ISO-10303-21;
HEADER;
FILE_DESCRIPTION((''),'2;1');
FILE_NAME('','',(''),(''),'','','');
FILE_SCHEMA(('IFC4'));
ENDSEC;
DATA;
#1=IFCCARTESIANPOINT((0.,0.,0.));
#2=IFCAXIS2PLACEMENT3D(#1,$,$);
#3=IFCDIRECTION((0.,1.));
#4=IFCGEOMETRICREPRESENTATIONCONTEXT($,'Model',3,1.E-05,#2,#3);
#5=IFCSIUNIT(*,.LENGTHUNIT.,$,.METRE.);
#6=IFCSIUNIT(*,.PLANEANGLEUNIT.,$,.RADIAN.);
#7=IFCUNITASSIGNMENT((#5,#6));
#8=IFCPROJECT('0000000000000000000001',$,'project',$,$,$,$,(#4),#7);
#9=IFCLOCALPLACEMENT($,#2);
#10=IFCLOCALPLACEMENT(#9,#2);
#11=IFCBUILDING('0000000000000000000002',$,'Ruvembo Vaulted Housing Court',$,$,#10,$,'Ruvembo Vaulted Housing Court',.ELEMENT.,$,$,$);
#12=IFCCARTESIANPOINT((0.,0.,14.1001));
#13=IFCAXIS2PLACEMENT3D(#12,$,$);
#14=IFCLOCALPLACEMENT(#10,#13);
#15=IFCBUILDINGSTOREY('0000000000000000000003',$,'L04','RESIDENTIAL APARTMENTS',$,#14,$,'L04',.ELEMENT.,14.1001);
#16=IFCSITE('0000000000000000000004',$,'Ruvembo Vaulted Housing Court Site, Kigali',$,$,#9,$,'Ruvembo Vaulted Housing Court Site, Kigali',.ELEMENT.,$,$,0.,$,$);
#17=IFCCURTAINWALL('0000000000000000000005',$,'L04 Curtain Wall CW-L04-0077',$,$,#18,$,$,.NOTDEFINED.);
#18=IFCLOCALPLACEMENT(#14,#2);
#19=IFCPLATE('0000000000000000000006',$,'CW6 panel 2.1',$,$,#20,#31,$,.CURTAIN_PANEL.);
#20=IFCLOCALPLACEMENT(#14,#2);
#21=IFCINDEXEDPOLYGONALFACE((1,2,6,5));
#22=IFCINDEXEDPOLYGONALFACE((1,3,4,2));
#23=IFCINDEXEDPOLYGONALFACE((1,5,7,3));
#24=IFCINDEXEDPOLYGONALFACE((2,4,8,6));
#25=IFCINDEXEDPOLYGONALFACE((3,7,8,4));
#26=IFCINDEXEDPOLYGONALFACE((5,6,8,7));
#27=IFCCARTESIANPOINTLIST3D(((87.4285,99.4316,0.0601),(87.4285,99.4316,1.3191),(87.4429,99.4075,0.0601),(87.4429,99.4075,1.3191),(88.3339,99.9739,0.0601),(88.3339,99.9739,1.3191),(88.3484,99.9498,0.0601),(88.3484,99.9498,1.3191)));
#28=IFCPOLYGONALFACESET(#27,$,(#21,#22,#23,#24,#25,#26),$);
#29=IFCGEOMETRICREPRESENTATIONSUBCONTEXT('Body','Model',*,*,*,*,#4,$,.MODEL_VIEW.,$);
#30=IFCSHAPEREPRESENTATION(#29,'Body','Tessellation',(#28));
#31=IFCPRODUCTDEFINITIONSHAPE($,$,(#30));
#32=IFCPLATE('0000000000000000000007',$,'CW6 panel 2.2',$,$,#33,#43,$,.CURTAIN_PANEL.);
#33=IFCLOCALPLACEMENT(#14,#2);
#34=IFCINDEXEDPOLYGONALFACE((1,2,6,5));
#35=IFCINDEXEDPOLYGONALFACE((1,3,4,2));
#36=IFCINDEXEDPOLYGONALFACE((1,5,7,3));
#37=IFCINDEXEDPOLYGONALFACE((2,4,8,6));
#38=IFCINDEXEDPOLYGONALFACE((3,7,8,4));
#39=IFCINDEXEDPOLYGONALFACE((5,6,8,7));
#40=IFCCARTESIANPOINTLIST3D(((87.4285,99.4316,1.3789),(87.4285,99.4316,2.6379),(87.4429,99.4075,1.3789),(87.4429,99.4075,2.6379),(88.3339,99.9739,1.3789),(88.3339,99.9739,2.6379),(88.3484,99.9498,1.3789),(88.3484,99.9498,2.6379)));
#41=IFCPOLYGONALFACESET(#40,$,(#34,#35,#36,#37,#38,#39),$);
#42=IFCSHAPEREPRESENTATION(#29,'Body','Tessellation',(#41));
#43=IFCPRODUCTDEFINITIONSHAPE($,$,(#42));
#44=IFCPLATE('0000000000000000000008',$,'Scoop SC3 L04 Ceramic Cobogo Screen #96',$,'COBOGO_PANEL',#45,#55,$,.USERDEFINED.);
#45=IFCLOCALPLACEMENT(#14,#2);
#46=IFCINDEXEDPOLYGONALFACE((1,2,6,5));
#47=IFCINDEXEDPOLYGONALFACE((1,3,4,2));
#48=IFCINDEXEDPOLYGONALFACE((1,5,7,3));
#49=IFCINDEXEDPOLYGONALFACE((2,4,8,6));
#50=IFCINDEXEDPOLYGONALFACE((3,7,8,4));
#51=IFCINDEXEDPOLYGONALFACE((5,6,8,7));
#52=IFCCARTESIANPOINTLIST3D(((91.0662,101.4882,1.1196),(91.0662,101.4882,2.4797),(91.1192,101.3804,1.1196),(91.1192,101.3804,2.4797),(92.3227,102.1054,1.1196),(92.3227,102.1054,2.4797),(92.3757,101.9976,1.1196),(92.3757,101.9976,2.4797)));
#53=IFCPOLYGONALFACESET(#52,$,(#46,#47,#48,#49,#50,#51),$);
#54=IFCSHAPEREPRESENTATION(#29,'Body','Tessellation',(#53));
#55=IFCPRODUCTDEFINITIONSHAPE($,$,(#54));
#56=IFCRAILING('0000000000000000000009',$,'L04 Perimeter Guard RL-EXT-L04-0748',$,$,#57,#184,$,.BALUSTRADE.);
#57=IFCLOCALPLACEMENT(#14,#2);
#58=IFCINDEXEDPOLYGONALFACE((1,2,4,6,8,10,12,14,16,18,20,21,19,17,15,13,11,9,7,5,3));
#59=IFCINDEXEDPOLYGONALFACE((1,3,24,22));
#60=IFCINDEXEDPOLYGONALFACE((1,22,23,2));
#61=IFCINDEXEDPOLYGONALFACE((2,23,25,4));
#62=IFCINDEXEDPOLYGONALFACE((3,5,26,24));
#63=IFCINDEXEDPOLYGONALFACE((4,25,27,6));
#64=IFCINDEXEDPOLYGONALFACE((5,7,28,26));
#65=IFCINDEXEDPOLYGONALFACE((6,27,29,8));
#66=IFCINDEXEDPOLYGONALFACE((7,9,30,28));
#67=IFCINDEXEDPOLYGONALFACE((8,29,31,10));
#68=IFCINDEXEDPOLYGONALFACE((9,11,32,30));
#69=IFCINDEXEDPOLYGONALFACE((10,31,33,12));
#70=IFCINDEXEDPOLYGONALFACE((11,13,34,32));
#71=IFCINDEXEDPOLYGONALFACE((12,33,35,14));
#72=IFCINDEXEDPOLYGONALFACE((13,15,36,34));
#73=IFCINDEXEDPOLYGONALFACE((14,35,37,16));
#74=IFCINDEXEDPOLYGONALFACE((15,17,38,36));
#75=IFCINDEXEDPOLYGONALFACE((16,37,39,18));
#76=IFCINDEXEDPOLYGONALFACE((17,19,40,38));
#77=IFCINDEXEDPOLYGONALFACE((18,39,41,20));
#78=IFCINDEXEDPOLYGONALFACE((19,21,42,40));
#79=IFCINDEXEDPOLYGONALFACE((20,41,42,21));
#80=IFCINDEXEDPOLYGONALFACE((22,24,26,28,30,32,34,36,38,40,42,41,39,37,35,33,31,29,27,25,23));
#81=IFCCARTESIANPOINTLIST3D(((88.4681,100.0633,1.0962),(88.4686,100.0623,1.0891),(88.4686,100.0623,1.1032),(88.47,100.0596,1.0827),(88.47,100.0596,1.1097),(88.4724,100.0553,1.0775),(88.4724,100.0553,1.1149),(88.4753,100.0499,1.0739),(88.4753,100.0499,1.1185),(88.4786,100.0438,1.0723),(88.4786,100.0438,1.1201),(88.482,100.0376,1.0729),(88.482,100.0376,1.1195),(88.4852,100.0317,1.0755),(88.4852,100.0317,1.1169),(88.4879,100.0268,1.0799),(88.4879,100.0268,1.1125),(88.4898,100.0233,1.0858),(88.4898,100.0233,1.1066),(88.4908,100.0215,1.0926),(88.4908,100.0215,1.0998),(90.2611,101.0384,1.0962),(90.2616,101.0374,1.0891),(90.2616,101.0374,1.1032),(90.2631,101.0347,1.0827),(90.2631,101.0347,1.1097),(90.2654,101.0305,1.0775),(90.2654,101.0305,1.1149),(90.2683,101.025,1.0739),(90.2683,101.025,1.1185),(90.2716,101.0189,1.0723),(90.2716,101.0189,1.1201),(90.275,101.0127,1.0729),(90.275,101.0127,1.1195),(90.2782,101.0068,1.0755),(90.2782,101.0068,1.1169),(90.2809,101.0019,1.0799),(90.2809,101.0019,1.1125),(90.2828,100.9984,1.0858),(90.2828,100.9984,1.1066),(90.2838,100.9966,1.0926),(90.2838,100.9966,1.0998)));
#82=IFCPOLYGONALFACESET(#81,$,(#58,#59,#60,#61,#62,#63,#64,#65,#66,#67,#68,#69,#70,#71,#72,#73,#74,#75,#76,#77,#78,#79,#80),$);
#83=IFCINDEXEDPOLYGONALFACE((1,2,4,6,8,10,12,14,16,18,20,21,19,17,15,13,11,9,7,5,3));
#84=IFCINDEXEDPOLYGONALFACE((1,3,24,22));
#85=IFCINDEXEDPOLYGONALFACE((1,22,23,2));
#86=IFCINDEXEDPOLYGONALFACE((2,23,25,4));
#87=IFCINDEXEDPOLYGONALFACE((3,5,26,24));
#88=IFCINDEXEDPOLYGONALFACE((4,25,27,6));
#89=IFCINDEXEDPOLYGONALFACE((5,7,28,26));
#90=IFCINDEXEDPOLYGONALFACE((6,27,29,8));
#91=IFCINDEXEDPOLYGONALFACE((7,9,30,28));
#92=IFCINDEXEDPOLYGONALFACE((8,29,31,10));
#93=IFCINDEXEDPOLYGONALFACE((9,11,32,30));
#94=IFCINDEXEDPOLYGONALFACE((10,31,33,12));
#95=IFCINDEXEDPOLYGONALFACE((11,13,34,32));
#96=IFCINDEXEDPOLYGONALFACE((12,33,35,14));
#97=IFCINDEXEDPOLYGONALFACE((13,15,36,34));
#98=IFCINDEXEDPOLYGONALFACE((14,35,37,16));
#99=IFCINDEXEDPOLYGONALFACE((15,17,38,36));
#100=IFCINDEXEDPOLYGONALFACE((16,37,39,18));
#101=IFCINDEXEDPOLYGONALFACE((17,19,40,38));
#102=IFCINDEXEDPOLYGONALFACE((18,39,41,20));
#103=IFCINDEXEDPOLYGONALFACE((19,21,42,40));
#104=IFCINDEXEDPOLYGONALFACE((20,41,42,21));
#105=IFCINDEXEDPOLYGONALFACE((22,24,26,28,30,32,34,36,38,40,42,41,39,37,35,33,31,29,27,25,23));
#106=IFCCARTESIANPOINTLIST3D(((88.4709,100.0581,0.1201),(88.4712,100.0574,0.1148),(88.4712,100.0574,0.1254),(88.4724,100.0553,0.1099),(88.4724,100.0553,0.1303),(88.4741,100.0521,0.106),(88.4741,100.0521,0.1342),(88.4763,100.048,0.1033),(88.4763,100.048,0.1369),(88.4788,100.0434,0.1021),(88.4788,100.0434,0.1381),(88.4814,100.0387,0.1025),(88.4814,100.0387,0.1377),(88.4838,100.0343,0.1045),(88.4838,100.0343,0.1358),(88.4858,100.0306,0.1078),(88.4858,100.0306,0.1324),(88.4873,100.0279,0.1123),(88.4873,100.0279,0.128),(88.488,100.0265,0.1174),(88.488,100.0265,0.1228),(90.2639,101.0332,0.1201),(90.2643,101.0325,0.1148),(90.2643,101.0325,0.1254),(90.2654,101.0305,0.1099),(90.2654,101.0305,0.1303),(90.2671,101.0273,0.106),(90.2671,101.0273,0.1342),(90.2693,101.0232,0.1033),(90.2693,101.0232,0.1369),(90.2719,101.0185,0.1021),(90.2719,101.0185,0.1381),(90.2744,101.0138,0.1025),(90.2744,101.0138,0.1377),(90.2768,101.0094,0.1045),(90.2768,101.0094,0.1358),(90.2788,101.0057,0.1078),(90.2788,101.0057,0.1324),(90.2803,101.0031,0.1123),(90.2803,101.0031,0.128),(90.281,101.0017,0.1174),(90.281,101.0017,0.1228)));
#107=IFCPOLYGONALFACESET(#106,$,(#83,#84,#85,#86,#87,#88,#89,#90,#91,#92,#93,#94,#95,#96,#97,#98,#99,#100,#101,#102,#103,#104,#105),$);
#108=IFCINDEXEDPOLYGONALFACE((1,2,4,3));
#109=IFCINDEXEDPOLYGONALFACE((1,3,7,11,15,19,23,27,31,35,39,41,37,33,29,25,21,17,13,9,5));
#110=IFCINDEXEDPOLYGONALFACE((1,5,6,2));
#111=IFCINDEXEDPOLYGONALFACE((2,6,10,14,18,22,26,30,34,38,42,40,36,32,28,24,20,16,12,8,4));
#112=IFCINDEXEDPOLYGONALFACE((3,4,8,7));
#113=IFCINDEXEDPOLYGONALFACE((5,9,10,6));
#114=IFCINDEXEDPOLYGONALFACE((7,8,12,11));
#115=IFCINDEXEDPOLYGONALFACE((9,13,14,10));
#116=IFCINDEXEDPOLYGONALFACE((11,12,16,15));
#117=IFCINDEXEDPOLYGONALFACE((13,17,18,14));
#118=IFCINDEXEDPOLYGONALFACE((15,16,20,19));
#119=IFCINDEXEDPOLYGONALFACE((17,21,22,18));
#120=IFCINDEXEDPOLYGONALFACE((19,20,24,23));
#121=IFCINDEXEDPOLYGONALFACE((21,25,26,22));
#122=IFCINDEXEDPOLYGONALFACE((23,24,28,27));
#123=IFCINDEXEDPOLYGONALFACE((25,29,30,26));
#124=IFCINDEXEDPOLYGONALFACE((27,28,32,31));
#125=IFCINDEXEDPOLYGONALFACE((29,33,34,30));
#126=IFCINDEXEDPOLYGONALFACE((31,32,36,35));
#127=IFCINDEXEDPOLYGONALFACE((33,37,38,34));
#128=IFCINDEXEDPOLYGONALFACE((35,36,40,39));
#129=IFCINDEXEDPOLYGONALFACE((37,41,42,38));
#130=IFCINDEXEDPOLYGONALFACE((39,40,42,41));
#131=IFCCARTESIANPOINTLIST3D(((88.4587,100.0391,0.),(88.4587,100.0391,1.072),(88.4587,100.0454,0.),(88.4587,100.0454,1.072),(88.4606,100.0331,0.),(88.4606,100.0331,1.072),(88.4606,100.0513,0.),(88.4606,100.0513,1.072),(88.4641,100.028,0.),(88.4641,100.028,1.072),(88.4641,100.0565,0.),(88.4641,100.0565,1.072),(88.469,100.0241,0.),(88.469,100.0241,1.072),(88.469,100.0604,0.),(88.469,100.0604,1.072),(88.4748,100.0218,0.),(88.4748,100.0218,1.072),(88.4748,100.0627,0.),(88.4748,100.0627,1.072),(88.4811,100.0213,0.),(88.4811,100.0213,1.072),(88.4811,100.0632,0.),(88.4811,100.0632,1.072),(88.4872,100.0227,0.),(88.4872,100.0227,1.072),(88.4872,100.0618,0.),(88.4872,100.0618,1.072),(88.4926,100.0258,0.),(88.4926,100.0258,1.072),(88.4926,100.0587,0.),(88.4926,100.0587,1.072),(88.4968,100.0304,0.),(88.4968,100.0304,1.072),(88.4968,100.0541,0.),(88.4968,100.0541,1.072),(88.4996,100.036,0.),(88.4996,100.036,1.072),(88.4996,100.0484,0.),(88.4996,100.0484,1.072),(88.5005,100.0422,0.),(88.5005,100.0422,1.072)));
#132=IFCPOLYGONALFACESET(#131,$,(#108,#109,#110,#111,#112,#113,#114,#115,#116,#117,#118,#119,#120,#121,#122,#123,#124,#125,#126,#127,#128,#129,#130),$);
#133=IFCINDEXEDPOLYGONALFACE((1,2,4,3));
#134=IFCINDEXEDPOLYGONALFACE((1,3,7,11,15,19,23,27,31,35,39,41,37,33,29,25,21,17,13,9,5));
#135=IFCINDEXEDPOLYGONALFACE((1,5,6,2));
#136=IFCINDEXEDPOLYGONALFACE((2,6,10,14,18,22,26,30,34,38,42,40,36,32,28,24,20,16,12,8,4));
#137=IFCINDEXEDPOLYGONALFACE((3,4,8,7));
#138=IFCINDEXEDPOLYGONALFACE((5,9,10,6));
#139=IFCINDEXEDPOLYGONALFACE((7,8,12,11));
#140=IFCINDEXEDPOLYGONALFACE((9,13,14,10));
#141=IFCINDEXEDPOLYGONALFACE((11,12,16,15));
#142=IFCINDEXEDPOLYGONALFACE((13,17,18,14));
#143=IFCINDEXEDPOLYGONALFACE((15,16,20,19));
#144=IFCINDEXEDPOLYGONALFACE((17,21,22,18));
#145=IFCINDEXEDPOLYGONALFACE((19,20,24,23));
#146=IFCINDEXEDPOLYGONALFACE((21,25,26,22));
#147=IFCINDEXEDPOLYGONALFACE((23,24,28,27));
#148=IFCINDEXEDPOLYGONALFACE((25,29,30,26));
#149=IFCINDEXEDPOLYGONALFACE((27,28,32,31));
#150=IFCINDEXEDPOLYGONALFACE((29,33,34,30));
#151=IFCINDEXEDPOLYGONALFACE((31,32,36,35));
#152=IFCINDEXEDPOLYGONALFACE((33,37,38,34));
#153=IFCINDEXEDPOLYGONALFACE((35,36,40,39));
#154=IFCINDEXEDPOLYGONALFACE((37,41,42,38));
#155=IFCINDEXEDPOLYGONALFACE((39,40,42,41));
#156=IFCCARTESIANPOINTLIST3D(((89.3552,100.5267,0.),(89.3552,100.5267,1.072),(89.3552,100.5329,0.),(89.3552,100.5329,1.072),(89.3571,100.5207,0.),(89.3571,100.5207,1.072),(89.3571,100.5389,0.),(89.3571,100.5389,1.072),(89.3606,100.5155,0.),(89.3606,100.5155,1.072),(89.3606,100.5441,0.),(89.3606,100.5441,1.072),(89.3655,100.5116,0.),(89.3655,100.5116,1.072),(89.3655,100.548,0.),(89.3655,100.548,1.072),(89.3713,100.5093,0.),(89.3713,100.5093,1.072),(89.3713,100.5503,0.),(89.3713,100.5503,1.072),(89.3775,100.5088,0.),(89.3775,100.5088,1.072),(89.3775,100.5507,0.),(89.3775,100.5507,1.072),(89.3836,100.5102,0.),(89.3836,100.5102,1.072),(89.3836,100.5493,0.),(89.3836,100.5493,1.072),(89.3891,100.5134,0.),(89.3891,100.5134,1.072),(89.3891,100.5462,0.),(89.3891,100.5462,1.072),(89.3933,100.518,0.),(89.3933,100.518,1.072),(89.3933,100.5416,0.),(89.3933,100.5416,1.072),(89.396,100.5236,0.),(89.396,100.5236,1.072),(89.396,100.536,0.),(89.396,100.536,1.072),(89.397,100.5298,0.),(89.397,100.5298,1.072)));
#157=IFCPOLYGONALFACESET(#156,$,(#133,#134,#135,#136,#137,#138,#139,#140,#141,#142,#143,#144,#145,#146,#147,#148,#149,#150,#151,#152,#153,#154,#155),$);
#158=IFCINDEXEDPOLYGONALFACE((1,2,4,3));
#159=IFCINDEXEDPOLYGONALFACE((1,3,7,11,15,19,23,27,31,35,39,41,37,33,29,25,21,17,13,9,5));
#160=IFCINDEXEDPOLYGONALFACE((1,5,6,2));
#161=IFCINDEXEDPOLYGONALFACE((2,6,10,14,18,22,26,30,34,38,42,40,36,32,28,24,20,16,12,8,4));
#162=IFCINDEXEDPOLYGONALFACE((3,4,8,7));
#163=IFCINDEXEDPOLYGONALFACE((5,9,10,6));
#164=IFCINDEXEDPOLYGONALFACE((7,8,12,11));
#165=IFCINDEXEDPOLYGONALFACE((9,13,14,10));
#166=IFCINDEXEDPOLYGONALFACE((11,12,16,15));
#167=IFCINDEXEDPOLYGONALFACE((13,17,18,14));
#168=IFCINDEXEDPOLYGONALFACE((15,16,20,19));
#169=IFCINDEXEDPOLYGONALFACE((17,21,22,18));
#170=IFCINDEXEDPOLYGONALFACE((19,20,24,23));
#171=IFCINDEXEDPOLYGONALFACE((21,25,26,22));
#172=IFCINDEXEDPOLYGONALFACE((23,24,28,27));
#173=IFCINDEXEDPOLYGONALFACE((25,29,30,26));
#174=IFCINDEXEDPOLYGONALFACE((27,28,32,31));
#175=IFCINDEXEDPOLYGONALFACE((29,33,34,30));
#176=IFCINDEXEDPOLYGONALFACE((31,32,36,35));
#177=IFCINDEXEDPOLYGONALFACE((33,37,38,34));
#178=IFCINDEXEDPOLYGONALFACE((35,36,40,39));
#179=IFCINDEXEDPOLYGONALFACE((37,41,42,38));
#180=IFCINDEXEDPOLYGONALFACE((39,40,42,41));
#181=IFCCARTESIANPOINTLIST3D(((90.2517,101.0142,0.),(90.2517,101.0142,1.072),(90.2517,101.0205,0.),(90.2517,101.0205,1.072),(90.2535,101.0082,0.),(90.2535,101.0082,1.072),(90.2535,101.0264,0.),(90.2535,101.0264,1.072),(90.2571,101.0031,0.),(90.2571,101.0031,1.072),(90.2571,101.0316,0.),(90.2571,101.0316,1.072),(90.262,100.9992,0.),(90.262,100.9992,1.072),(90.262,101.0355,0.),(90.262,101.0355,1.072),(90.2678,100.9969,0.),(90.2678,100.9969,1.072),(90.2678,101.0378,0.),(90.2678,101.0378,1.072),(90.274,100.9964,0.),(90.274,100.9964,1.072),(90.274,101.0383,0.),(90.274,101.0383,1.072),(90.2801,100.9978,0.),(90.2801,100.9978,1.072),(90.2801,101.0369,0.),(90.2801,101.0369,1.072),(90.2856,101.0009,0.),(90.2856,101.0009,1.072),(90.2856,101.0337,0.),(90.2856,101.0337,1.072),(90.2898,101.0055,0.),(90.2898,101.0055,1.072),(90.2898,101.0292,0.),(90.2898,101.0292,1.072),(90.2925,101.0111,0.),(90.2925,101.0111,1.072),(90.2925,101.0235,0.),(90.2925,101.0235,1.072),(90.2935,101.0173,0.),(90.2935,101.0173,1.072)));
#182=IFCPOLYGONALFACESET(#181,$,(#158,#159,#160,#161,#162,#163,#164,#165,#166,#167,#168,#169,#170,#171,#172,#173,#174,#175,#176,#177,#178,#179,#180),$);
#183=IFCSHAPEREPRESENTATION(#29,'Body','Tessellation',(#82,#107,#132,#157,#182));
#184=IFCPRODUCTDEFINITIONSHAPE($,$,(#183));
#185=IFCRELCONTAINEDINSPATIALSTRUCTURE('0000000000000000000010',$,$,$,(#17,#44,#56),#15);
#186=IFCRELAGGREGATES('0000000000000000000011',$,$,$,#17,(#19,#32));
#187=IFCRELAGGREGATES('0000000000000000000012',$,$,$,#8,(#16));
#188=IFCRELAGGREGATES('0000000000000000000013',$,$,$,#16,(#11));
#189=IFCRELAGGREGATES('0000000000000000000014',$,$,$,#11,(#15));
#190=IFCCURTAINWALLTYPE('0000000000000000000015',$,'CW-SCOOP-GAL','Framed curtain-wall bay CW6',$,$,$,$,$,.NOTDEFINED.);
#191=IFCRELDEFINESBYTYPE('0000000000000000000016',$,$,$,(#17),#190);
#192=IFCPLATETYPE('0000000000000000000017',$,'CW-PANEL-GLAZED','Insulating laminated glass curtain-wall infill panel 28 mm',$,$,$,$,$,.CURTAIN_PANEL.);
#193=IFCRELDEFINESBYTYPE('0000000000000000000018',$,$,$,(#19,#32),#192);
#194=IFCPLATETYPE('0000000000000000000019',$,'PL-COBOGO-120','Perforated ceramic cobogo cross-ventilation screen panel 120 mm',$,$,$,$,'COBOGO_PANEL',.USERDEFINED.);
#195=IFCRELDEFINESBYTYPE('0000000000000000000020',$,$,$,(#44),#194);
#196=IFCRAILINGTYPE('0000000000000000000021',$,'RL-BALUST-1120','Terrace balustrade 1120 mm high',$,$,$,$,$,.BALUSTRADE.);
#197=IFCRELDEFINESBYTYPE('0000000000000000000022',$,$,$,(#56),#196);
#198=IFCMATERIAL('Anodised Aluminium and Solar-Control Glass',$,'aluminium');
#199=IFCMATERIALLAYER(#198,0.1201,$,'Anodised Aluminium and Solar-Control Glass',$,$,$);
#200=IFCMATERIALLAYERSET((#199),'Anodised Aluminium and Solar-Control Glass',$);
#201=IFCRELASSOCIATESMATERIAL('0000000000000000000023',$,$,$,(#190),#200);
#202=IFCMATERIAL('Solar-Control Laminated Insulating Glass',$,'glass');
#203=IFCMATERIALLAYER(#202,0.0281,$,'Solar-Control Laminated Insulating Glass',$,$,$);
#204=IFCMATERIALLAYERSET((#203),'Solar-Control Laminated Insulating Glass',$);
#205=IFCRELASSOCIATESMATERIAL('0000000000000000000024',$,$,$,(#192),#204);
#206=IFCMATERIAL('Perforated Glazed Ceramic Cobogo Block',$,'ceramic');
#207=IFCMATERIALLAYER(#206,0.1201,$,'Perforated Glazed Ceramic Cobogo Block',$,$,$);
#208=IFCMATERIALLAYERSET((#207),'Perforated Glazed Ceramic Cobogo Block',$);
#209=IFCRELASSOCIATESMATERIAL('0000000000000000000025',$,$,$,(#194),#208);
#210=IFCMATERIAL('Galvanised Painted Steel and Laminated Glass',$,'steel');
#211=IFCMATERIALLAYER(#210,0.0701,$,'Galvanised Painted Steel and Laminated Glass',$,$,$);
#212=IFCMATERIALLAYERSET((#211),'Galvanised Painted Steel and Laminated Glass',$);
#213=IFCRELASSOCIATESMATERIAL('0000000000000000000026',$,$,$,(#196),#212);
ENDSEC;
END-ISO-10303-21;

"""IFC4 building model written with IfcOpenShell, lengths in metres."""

from ifc_helpers import new_model, si_unit, direction, frame, origin, origin_2d, place, context, subcontext, project, spatial, rectangle, circle, extrude, material, layer, layer_set, type_object, element, aggregate, save


model = new_model("IFC4")

# Units and contexts
model_context = context("Model", 3, precision=1e-05, world=origin(), true_north=direction((0.0, 1.0)))
body_context = subcontext(model_context, "Body", "Model", "MODEL_VIEW")
ifc_project = project(units=[si_unit("LENGTHUNIT", "METRE"), si_unit("PLANEANGLEUNIT", "RADIAN")], contexts=[model_context])

# Site, building, storey
site_placement = place(None, origin())
site = spatial("IfcSite", under=ifc_project, at=site_placement, Name="Ruvembo Vaulted Housing Court Site, Kigali", LongName="Ruvembo Vaulted Housing Court Site, Kigali", CompositionType="ELEMENT", RefElevation=0.0)
building_placement = place(site_placement, origin())
building = spatial("IfcBuilding", under=site, at=building_placement, Name="Ruvembo Vaulted Housing Court", LongName="Ruvembo Vaulted Housing Court", CompositionType="ELEMENT")
storey_placement = place(building_placement, frame((0.0, 0.0, 14.1001)))
storey = spatial("IfcBuildingStorey", under=building, at=storey_placement, Name="L04", Description="RESIDENTIAL APARTMENTS", LongName="L04", CompositionType="ELEMENT", Elevation=14.1001)

# Curtain wall
ifc_material_1 = material(Name="Anodised Aluminium and Solar-Control Glass", Category="aluminium")
ifc_layer_1 = layer(ifc_material_1, 0.1201, Name="Anodised Aluminium and Solar-Control Glass")
ifc_layer_set_1 = layer_set([ifc_layer_1], Name="Anodised Aluminium and Solar-Control Glass")
curtain_wall_type = type_object("IfcCurtainWallType", Name="CW-SCOOP-GAL", Description="Framed curtain-wall bay CW6", PredefinedType="NOTDEFINED", material=ifc_layer_set_1)
curtain_wall_1_placement = place(storey_placement, origin())
curtain_wall_1 = element("IfcCurtainWall", 1, at=curtain_wall_1_placement, inside=storey, type_object=curtain_wall_type, Name="L04 Curtain Wall CW-L04-0077", PredefinedType="NOTDEFINED")

# Plates
ifc_material_2 = material(Name="Solar-Control Laminated Insulating Glass", Category="glass")
ifc_layer_2 = layer(ifc_material_2, 0.0281, Name="Solar-Control Laminated Insulating Glass")
ifc_layer_set_2 = layer_set([ifc_layer_2], Name="Solar-Control Laminated Insulating Glass")
plate_type_1 = type_object("IfcPlateType", Name="CW-PANEL-GLAZED", Description="Insulating laminated glass curtain-wall infill panel 28 mm", PredefinedType="CURTAIN_PANEL", material=ifc_layer_set_2)
plate_1_placement = place(storey_placement, frame((87.8884, 99.6907, 0.0601), z_axis=(0.0, 0.0, 1.0), x_axis=(0.857893, 0.513828, 0.0)))
plate_1 = element("IfcPlate", 2, at=plate_1_placement, type_object=plate_type_1, Name="CW6 panel 2.1", PredefinedType="CURTAIN_PANEL", context=body_context, shape_type="SweptSolid", body=[
    extrude(rectangle(XDim=1.0554, YDim=0.0281, at=origin_2d()), origin(), (0.0, 0.0, 1.0), 1.259),
])
plate_2_placement = place(storey_placement, frame((87.8884, 99.6907, 1.3789), z_axis=(0.0, 0.0, 1.0), x_axis=(0.857893, 0.513828, 0.0)))
plate_2 = element("IfcPlate", 3, at=plate_2_placement, type_object=plate_type_1, Name="CW6 panel 2.2", PredefinedType="CURTAIN_PANEL", context=body_context, shape_type="SweptSolid", body=[
    extrude(rectangle(XDim=1.0554, YDim=0.0281, at=origin_2d()), origin(), (0.0, 0.0, 1.0), 1.259),
])
aggregate(curtain_wall_1, [plate_1, plate_2])
ifc_material_3 = material(Name="Perforated Glazed Ceramic Cobogo Block", Category="ceramic")
ifc_layer_3 = layer(ifc_material_3, 0.1201, Name="Perforated Glazed Ceramic Cobogo Block")
ifc_layer_set_3 = layer_set([ifc_layer_3], Name="Perforated Glazed Ceramic Cobogo Block")
plate_type_2 = type_object("IfcPlateType", Name="PL-COBOGO-120", Description="Perforated ceramic cobogo cross-ventilation screen panel 120 mm", ElementType="COBOGO_PANEL", PredefinedType="USERDEFINED", material=ifc_layer_set_3)
plate_3_placement = place(storey_placement, frame((91.7209, 101.7429, 1.1196), z_axis=(0.0, 0.0, 1.0), x_axis=(0.897559, 0.440895, 0.0)))
element("IfcPlate", 4, at=plate_3_placement, inside=storey, type_object=plate_type_2, Name="Scoop SC3 L04 Ceramic Cobogo Screen #96", ObjectType="COBOGO_PANEL", PredefinedType="USERDEFINED", context=body_context, shape_type="SweptSolid", body=[
    extrude(rectangle(XDim=1.3999, YDim=0.1201, at=origin_2d()), origin(), (0.0, 0.0, 1.0), 1.3601),
])

# Railing
ifc_material_4 = material(Name="Galvanised Painted Steel and Laminated Glass", Category="steel")
ifc_layer_4 = layer(ifc_material_4, 0.0701, Name="Galvanised Painted Steel and Laminated Glass")
ifc_layer_set_4 = layer_set([ifc_layer_4], Name="Galvanised Painted Steel and Laminated Glass")
railing_type = type_object("IfcRailingType", Name="RL-BALUST-1120", Description="Terrace balustrade 1120 mm high", PredefinedType="BALUSTRADE", material=ifc_layer_set_4)
railing_1_placement = place(storey_placement, frame((88.4795, 100.0422, 0.0)))
element("IfcRailing", 5, at=railing_1_placement, inside=storey, type_object=railing_type, Name="L04 Perimeter Guard RL-EXT-L04-0748", PredefinedType="BALUSTRADE", context=body_context, shape_type="SweptSolid", body=[
    extrude(circle(Radius=0.0239, at=origin_2d()), frame((0.0, 0.0, 1.0962), z_axis=(0.878489, 0.477762, 0.0), x_axis=(-0.477762, 0.878489, 0.0)), (0.0, 0.0, 1.0), 2.041),
    extrude(circle(Radius=0.0181, at=origin_2d()), frame((0.0, 0.0, 0.1201), z_axis=(0.878489, 0.477762, 0.0), x_axis=(-0.477762, 0.878489, 0.0)), (0.0, 0.0, 1.0), 2.041),
    extrude(circle(Radius=0.021, at=origin_2d()), origin(), (0.0, 0.0, 1.0), 1.072),
    extrude(circle(Radius=0.021, at=origin_2d()), frame((0.8965, 0.4875, 0.0)), (0.0, 0.0, 1.0), 1.072),
    extrude(circle(Radius=0.021, at=origin_2d()), frame((1.793, 0.9751, 0.0)), (0.0, 0.0, 1.0), 1.072),
])

save(model, "model.ifc")
